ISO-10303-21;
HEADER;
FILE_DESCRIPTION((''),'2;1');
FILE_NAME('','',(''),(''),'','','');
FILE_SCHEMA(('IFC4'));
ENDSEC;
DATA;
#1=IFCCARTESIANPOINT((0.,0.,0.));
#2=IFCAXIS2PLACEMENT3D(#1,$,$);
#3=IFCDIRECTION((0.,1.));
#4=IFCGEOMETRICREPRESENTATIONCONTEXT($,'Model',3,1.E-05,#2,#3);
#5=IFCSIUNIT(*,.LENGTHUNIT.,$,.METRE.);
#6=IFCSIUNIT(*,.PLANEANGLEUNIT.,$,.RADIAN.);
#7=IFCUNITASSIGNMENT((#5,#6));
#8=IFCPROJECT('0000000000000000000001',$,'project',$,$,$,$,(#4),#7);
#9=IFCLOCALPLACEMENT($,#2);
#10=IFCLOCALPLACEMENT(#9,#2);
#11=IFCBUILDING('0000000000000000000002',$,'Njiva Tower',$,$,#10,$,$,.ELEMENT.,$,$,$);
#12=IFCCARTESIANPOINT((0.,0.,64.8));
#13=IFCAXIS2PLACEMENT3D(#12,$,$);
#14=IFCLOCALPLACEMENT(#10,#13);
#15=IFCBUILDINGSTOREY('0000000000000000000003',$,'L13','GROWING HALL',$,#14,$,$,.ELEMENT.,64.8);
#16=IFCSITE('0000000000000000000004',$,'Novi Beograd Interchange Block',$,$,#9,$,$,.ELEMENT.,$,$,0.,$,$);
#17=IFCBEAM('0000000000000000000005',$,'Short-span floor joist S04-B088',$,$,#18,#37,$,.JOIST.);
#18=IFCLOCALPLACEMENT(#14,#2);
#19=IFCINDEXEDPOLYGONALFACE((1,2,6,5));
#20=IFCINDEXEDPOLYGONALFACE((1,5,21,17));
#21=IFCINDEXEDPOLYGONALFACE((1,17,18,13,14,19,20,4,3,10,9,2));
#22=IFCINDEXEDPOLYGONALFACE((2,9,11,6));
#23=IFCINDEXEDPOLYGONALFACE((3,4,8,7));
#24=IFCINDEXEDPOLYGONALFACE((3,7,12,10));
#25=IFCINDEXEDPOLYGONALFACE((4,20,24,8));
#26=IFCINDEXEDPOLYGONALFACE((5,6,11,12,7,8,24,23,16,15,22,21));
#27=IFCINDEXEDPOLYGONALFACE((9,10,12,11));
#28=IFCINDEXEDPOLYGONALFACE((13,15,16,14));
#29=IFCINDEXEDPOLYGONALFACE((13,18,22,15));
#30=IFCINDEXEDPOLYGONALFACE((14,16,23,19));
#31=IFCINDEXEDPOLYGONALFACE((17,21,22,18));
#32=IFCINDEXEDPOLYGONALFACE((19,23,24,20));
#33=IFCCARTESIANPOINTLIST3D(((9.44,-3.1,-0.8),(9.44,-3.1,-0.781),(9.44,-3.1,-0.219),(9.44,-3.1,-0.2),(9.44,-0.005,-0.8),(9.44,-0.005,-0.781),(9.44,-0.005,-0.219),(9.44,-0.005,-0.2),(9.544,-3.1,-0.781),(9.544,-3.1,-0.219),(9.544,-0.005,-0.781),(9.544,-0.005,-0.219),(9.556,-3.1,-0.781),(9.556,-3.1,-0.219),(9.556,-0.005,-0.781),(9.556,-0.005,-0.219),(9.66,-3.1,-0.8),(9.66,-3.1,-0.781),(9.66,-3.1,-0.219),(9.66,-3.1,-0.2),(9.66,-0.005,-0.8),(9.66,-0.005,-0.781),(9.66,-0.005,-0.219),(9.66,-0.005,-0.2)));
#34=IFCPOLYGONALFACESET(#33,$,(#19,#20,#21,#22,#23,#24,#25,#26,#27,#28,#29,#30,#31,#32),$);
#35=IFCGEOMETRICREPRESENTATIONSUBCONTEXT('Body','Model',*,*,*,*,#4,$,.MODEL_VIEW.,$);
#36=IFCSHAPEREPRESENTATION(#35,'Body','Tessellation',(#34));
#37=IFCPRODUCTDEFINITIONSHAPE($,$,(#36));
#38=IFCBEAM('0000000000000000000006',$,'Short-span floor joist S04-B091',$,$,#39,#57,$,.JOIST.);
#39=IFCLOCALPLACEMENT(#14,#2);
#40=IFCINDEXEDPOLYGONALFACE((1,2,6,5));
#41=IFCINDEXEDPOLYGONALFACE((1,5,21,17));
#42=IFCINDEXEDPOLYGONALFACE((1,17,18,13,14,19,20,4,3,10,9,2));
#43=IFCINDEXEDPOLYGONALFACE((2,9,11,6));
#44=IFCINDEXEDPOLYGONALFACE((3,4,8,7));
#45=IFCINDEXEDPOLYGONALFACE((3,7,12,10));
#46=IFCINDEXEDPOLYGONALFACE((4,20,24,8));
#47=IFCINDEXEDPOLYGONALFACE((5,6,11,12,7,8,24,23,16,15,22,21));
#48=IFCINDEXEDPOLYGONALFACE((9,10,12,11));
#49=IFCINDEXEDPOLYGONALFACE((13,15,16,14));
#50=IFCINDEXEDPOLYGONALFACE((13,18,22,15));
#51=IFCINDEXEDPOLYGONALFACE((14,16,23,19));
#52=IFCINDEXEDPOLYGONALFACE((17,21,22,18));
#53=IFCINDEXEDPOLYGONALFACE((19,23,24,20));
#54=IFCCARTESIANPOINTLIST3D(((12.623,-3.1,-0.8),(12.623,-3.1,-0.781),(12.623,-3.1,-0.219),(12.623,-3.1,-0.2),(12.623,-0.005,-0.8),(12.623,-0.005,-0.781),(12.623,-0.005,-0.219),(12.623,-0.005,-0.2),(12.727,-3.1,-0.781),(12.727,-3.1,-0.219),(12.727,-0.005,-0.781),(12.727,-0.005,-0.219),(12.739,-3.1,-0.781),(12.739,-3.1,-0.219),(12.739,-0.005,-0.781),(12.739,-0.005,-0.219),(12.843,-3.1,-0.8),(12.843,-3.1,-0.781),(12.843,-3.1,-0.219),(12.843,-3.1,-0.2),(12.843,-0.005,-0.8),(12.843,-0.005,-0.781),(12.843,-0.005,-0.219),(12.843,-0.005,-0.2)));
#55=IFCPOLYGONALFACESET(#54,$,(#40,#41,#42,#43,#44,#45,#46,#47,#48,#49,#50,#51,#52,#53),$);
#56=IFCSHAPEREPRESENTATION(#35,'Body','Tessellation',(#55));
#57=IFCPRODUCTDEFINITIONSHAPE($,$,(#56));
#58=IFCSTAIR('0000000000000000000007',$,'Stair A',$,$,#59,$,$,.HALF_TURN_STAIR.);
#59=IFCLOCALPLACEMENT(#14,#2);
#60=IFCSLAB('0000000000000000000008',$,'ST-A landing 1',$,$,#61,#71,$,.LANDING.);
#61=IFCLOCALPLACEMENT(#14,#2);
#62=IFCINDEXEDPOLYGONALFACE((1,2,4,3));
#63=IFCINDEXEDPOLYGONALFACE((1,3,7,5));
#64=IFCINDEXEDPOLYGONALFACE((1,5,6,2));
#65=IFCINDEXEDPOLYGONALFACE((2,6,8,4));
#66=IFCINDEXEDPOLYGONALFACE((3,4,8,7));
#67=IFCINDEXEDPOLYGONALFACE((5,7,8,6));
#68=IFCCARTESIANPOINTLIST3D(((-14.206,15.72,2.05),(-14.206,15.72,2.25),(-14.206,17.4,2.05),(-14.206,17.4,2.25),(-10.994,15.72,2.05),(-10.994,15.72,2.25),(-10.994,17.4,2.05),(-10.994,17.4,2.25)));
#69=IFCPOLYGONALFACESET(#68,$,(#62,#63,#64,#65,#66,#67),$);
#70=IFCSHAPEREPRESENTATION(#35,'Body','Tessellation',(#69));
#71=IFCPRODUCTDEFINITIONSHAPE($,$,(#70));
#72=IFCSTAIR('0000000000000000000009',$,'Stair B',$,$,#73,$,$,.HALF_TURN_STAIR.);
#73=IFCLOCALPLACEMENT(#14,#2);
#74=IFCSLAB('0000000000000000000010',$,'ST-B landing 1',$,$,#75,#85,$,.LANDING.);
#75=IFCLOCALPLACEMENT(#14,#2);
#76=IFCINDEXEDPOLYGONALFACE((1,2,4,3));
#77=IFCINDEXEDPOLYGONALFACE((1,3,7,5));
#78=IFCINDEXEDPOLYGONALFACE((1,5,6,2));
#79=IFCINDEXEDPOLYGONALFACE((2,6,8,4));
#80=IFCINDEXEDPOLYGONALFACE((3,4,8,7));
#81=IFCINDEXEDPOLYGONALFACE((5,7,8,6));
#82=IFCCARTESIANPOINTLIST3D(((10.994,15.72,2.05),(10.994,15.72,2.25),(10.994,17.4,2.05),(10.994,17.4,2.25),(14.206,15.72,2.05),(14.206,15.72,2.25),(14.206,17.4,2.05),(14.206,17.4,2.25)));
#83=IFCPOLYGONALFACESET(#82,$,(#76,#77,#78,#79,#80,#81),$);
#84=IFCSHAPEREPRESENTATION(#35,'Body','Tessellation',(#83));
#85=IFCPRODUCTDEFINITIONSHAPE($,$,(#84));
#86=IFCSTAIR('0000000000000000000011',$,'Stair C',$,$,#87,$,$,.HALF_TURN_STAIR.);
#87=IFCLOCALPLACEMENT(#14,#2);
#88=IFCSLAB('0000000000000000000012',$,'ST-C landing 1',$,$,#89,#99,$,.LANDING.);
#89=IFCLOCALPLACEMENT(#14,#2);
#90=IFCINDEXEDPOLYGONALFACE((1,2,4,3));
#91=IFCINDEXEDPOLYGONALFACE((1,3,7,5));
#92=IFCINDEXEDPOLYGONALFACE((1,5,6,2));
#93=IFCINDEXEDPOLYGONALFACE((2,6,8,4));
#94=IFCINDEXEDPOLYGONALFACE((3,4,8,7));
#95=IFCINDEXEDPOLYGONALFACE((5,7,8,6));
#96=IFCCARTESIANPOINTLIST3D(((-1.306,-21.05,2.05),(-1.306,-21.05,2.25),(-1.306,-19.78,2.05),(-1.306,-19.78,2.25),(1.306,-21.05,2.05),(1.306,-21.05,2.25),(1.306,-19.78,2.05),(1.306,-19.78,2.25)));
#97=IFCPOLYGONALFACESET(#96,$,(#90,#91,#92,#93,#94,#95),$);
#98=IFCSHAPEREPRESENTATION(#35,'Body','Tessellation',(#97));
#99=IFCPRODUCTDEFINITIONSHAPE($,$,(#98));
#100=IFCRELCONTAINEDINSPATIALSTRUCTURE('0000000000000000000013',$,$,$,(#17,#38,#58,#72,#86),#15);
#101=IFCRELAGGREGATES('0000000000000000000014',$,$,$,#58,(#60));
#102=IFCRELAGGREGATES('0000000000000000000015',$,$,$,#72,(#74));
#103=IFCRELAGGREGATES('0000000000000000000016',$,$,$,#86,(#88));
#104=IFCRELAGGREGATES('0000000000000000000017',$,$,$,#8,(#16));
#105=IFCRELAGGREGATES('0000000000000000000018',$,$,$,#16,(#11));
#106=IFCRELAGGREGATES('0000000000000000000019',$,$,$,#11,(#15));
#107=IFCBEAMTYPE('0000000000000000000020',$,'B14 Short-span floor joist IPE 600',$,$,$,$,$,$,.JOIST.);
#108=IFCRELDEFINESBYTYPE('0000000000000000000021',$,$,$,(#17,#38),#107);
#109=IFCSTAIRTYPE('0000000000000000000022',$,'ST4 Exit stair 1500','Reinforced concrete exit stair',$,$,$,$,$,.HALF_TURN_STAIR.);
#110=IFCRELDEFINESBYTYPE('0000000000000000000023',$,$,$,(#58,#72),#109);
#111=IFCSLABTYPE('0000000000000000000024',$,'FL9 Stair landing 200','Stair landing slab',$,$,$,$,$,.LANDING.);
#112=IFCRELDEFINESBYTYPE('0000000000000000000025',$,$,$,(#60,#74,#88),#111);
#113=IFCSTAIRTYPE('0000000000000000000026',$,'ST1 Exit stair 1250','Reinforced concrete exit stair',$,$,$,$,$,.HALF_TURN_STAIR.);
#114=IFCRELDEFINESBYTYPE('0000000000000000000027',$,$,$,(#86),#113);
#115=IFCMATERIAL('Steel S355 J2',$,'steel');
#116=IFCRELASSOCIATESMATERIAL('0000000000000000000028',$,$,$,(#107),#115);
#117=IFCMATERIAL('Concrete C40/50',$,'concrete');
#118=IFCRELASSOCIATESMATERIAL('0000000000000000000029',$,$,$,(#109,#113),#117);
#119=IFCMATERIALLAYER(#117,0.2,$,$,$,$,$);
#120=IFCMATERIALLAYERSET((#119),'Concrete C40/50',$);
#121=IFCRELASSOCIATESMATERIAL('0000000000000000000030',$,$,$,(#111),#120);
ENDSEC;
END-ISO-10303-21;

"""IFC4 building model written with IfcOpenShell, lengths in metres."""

from ifc_helpers import new_model, si_unit, direction, frame, origin, origin_2d, place, context, subcontext, project, spatial, polyline, i_section, outline, extrude, material, layer, layer_set, material_profile, profile_set, type_object, element, aggregate, save


model = new_model("IFC4")

# Units and contexts
model_context = context("Model", 3, precision=1e-05, world=origin(), true_north=direction((0.0, 1.0)))
body_context = subcontext(model_context, "Body", "Model", "MODEL_VIEW")
ifc_project = project(units=[si_unit("LENGTHUNIT", "METRE"), si_unit("PLANEANGLEUNIT", "RADIAN")], contexts=[model_context])

# Site, building, storey
site_placement = place(None, origin())
site = spatial("IfcSite", under=ifc_project, at=site_placement, Name="Novi Beograd Interchange Block", CompositionType="ELEMENT", RefElevation=0.0)
building_placement = place(site_placement, origin())
building = spatial("IfcBuilding", under=site, at=building_placement, Name="Njiva Tower", CompositionType="ELEMENT")
storey_placement = place(building_placement, frame((0.0, 0.0, 64.8)))
storey = spatial("IfcBuildingStorey", under=building, at=storey_placement, Name="L13", Description="GROWING HALL", CompositionType="ELEMENT", Elevation=64.8)

# Beams
ifc_material_1 = material(Name="Steel S355 J2", Category="steel")
ifc_material_profile = material_profile(ifc_material_1, i_section(OverallWidth=0.22, OverallDepth=0.6, WebThickness=0.012, FlangeThickness=0.019, at=origin_2d()), Name="IPE 600")
ifc_profile_set = profile_set([ifc_material_profile], Name="Steel S355 J2")
beam_type = type_object("IfcBeamType", Name="B14 Short-span floor joist IPE 600", PredefinedType="JOIST", material=ifc_profile_set)
for number, where, z_axis, x_axis, name in (
    (1, (9.55, -0.005, -0.5), (0.0, -1.0, 0.0), (1.0, 0.0, 0.0), "Short-span floor joist S04-B088"),
    (2, (12.733, -0.005, -0.5), (0.0, -1.0, 0.0), (1.0, 0.0, 0.0), "Short-span floor joist S04-B091"),
):
    element("IfcBeam", number, at=place(storey_placement, frame(where, z_axis=z_axis, x_axis=x_axis)), inside=storey, type_object=beam_type, Name=name, PredefinedType="JOIST", context=body_context, shape_type="SweptSolid", body=[
        extrude(i_section(OverallWidth=0.22, OverallDepth=0.6, WebThickness=0.012, FlangeThickness=0.019, at=origin_2d()), origin(), (0.0, 0.0, 1.0), 3.095),
    ])

# Stairs, slabs
ifc_material_2 = material(Name="Concrete C40/50", Category="concrete")
stair_type_1 = type_object("IfcStairType", Name="ST4 Exit stair 1500", Description="Reinforced concrete exit stair", PredefinedType="HALF_TURN_STAIR", material=ifc_material_2)
stair_1_placement = place(storey_placement, origin())
stair_1 = element("IfcStair", 3, at=stair_1_placement, inside=storey, type_object=stair_type_1, Name="Stair A", PredefinedType="HALF_TURN_STAIR")
ifc_layer_1 = layer(ifc_material_2, 0.2)
ifc_layer_set_1 = layer_set([ifc_layer_1], Name="Concrete C40/50")
slab_type_1 = type_object("IfcSlabType", Name="FL9 Stair landing 200", Description="Stair landing slab", PredefinedType="LANDING", material=ifc_layer_set_1)
slab_1_placement = place(storey_placement, frame((0.0, 0.0, 2.05)))
slab_1 = element("IfcSlab", 4, at=slab_1_placement, type_object=slab_type_1, Name="ST-A landing 1", PredefinedType="LANDING", context=body_context, shape_type="SweptSolid", body=[
    extrude(outline(polyline([(-14.206, 15.72), (-10.994, 15.72), (-10.994, 17.4), (-14.206, 17.4), (-14.206, 15.72)])), origin(), (0.0, 0.0, 1.0), 0.2),
])
aggregate(stair_1, [slab_1])
stair_2_placement = place(storey_placement, origin())
stair_2 = element("IfcStair", 5, at=stair_2_placement, inside=storey, type_object=stair_type_1, Name="Stair B", PredefinedType="HALF_TURN_STAIR")
slab_2_placement = place(storey_placement, frame((0.0, 0.0, 2.05)))
slab_2 = element("IfcSlab", 6, at=slab_2_placement, type_object=slab_type_1, Name="ST-B landing 1", PredefinedType="LANDING", context=body_context, shape_type="SweptSolid", body=[
    extrude(outline(polyline([(10.994, 15.72), (14.206, 15.72), (14.206, 17.4), (10.994, 17.4), (10.994, 15.72)])), origin(), (0.0, 0.0, 1.0), 0.2),
])
aggregate(stair_2, [slab_2])
stair_type_2 = type_object("IfcStairType", Name="ST1 Exit stair 1250", Description="Reinforced concrete exit stair", PredefinedType="HALF_TURN_STAIR", material=ifc_material_2)
stair_3_placement = place(storey_placement, origin())
stair_3 = element("IfcStair", 7, at=stair_3_placement, inside=storey, type_object=stair_type_2, Name="Stair C", PredefinedType="HALF_TURN_STAIR")
slab_3_placement = place(storey_placement, frame((0.0, 0.0, 2.05)))
slab_3 = element("IfcSlab", 8, at=slab_3_placement, type_object=slab_type_1, Name="ST-C landing 1", PredefinedType="LANDING", context=body_context, shape_type="SweptSolid", body=[
    extrude(outline(polyline([(-1.306, -21.05), (1.306, -21.05), (1.306, -19.78), (-1.306, -19.78), (-1.306, -21.05)])), origin(), (0.0, 0.0, 1.0), 0.2),
])
aggregate(stair_3, [slab_3])

save(model, "model.ifc")
